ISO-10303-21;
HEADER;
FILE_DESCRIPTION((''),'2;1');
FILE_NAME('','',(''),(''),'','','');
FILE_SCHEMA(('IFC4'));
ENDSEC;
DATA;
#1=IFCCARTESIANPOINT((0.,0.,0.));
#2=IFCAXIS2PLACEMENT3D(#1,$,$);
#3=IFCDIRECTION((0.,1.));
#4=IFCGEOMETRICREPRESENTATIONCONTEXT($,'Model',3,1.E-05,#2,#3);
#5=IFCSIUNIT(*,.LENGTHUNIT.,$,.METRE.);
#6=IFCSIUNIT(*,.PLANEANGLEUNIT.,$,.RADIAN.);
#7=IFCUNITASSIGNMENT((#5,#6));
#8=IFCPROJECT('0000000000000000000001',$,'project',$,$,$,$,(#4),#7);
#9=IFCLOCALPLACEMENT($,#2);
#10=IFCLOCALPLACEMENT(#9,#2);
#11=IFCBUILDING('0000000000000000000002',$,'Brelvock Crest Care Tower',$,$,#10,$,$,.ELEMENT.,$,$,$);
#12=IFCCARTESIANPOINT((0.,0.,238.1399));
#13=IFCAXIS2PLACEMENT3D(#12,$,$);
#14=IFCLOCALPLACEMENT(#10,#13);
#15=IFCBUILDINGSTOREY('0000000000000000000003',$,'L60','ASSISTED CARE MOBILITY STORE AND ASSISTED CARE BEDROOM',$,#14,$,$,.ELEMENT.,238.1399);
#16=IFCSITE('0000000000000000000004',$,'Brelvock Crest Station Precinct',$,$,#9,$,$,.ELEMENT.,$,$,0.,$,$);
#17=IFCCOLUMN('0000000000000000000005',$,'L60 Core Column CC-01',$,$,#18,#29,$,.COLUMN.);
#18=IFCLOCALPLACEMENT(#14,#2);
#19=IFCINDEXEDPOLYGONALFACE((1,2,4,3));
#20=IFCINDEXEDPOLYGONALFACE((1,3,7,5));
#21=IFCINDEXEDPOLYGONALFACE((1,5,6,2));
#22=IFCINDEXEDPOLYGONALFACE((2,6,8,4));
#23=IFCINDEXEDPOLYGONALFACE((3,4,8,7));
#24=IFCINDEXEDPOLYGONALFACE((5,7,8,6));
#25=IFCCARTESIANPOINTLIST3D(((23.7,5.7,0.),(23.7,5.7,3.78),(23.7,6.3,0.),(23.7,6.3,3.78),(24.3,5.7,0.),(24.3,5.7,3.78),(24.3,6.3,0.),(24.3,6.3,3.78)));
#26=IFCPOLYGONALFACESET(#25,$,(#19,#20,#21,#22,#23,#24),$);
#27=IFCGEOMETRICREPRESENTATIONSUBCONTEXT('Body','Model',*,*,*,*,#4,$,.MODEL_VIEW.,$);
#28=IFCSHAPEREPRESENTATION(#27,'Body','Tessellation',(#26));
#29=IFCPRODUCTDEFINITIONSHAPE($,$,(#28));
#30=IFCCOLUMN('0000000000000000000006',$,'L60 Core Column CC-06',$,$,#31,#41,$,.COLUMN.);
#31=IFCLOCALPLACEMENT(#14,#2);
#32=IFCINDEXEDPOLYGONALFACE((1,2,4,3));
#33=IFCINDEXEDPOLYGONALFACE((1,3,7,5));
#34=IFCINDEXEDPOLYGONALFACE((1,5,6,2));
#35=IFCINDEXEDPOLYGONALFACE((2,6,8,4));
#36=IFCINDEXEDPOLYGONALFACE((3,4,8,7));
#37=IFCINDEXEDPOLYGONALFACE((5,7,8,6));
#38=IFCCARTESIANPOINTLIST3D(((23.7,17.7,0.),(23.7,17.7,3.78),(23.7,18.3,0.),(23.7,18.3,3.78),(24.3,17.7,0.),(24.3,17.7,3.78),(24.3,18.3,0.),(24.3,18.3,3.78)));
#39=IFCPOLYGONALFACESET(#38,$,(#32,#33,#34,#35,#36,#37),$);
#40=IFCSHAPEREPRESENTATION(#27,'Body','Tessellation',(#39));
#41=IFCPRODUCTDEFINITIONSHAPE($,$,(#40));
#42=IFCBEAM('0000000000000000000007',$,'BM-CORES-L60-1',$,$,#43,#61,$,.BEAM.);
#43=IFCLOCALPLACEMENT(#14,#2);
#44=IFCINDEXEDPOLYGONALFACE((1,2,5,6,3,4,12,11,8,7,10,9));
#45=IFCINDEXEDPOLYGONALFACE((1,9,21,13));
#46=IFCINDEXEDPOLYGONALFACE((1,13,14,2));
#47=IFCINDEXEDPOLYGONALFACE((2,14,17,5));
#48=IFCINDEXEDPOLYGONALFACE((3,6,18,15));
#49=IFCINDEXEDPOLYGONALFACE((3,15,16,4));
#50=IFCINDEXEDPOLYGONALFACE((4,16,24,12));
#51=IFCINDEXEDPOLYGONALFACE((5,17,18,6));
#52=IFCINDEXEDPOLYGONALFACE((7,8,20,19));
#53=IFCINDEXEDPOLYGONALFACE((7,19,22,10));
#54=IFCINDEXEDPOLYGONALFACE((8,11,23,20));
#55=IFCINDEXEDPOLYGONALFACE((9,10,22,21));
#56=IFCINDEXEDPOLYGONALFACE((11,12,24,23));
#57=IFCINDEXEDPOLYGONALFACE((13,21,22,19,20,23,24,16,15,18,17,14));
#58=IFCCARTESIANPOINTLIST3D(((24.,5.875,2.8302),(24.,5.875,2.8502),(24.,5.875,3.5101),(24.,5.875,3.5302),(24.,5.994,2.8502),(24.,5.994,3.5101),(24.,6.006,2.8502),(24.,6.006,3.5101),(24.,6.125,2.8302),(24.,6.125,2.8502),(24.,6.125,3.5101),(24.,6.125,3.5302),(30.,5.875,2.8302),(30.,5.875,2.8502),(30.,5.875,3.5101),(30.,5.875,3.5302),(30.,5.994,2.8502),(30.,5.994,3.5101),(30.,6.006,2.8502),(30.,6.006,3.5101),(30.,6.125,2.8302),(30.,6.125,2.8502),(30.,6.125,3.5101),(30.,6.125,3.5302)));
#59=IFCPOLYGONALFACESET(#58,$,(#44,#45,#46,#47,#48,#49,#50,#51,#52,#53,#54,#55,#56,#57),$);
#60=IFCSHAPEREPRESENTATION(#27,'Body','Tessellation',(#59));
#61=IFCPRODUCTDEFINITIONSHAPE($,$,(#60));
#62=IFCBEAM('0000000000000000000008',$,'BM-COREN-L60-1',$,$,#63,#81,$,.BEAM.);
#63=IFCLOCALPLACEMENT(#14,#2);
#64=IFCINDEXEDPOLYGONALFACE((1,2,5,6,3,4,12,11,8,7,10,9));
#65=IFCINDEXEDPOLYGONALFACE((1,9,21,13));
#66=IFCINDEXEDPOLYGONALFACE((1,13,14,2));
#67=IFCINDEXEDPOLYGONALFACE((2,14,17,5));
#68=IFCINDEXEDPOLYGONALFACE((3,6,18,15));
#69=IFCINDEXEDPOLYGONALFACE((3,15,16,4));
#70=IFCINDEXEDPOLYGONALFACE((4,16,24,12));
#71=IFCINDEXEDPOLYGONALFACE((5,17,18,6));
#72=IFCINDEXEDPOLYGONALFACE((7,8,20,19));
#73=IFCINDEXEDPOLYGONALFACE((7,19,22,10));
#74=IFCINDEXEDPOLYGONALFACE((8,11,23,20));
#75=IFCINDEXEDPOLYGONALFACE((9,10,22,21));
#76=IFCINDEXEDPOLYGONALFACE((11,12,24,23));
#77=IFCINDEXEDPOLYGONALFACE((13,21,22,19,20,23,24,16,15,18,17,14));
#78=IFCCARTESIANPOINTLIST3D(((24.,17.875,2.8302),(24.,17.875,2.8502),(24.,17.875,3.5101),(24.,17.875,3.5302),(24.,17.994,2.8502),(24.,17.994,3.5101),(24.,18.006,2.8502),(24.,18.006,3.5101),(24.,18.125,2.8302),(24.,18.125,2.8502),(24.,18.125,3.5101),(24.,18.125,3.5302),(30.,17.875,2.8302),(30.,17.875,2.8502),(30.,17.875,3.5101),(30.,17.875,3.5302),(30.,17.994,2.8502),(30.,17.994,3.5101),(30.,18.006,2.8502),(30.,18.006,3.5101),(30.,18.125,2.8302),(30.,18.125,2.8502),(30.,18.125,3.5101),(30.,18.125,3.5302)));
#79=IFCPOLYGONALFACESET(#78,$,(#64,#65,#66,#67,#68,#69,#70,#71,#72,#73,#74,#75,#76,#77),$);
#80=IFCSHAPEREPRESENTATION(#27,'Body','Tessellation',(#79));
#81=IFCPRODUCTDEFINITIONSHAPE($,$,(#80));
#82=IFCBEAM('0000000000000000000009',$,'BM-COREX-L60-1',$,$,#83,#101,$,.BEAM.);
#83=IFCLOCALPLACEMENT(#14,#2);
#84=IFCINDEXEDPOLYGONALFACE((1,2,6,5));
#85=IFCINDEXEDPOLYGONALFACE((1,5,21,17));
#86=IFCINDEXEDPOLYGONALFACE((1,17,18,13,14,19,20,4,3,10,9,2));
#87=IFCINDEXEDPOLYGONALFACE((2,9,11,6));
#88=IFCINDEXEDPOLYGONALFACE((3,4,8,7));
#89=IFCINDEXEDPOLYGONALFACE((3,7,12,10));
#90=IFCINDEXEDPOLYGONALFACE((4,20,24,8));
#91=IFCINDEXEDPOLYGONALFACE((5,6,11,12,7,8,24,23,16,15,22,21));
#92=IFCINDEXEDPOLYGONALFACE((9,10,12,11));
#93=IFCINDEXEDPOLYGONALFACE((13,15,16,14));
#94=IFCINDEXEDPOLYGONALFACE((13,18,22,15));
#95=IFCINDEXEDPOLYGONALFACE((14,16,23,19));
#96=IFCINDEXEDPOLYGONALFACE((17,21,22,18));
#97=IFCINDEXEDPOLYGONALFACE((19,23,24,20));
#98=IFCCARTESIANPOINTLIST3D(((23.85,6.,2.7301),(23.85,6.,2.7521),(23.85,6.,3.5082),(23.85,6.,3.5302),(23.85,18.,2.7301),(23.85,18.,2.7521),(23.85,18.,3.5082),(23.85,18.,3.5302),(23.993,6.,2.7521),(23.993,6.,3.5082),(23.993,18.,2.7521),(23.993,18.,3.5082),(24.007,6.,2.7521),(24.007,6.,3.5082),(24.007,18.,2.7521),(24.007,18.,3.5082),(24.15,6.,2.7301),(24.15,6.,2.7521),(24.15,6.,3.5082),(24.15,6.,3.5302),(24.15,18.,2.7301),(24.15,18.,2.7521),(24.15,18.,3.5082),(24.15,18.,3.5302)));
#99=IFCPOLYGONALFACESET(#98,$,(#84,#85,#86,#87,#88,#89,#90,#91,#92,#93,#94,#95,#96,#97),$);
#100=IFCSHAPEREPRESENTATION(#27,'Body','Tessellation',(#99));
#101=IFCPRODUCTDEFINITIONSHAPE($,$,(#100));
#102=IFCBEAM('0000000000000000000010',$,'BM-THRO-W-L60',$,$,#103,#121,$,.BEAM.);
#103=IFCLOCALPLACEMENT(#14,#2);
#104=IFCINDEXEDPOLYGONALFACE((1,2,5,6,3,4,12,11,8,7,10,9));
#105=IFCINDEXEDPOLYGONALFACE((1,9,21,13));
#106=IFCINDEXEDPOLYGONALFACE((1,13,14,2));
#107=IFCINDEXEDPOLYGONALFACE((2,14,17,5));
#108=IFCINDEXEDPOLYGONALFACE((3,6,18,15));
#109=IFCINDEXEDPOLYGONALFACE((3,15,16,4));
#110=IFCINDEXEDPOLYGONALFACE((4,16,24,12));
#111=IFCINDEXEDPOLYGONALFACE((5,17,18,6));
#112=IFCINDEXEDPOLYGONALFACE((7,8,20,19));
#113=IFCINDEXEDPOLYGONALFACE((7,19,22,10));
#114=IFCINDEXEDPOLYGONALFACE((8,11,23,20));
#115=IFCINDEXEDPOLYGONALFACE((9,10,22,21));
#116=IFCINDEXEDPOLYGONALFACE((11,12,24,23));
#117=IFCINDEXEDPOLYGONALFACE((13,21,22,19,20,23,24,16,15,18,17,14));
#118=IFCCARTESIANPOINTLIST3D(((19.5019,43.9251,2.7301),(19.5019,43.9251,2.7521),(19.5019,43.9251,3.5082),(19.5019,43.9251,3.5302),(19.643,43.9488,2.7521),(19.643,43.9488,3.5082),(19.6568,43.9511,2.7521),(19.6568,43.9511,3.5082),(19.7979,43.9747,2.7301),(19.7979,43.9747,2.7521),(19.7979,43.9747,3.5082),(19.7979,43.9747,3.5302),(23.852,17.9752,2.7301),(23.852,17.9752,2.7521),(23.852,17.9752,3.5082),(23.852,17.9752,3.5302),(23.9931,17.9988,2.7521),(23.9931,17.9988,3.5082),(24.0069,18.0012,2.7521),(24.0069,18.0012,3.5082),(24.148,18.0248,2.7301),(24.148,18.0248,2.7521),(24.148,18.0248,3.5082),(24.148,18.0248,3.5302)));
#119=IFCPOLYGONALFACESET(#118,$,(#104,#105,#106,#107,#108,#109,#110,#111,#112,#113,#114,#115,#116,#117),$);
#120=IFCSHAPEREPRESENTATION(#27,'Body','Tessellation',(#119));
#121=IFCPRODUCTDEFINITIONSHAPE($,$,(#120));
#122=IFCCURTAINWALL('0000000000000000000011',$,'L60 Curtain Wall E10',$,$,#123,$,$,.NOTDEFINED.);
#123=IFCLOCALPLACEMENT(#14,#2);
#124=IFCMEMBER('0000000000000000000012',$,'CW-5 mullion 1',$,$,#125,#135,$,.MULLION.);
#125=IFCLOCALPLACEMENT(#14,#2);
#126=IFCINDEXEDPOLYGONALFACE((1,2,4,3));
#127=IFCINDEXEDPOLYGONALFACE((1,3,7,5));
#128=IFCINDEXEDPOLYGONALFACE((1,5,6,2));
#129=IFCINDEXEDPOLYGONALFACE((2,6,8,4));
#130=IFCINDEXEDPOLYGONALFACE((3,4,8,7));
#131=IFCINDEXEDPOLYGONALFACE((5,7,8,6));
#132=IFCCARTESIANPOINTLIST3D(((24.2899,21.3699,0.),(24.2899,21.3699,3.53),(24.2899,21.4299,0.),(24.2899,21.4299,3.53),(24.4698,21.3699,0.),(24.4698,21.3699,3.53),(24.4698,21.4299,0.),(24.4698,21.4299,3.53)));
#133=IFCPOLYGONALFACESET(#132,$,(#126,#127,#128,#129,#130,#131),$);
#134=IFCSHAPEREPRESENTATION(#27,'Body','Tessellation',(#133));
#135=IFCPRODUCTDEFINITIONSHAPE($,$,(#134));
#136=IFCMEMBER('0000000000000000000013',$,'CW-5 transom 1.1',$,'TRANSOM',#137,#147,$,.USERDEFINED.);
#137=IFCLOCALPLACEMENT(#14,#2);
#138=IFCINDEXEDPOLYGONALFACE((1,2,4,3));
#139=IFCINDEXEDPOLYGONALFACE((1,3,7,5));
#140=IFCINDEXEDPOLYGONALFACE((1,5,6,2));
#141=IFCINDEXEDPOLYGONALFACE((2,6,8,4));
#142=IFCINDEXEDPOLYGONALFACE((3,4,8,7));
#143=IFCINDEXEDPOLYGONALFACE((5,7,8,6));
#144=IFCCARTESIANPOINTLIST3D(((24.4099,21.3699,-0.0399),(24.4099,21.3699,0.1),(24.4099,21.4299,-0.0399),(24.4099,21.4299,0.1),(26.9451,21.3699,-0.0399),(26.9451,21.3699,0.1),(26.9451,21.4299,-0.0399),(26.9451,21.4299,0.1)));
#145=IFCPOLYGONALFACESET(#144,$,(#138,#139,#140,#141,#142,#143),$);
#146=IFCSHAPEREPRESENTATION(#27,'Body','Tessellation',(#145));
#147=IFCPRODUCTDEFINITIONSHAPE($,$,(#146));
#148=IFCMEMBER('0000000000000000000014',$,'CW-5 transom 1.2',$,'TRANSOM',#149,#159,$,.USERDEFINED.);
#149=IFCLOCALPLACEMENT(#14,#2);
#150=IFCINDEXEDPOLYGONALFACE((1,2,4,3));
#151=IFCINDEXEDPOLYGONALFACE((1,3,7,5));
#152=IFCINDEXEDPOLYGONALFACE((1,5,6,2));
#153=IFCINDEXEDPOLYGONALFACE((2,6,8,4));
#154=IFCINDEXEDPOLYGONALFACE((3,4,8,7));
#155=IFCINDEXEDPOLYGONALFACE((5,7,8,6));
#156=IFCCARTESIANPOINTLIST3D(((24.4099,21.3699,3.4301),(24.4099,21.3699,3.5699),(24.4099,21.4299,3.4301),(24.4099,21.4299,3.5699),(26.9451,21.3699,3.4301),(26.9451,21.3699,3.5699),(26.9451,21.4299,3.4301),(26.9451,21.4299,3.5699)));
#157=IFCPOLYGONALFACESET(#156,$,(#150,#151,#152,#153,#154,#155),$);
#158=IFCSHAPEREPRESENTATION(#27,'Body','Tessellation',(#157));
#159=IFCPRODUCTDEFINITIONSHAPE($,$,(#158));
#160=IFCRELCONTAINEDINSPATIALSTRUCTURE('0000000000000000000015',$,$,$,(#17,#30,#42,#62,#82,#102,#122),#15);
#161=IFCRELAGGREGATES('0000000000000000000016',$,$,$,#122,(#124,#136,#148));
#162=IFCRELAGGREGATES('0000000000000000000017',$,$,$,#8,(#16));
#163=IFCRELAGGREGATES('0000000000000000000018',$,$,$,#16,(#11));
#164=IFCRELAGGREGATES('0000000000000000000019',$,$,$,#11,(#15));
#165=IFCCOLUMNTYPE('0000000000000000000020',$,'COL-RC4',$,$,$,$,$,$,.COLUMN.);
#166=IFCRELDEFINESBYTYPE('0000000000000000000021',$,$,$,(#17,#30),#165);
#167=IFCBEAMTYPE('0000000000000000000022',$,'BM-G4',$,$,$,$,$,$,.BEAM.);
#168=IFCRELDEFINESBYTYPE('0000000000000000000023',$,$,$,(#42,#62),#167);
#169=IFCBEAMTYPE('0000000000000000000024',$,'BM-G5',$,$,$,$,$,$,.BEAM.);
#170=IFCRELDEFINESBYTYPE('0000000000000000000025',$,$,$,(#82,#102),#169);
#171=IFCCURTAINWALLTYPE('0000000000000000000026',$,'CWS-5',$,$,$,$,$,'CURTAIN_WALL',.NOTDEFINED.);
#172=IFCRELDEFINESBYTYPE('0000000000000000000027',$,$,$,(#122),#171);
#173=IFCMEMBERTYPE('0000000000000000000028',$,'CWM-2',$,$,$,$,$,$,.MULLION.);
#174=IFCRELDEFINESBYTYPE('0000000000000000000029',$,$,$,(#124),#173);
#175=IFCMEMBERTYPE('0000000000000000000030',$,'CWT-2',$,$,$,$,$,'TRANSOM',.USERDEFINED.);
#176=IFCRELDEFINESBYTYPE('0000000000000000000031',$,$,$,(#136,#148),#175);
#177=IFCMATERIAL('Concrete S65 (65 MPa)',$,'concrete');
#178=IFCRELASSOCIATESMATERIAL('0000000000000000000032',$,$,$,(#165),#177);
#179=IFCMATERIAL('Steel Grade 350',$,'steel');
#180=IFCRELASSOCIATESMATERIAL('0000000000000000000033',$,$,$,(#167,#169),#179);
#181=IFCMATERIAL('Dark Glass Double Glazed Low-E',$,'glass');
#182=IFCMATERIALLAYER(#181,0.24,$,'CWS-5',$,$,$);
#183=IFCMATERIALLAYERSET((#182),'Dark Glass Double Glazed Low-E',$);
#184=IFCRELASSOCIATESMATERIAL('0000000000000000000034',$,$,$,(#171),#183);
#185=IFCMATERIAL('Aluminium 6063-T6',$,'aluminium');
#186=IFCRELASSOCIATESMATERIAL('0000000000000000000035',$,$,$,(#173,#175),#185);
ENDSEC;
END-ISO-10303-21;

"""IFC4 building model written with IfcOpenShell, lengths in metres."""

from ifc_helpers import new_model, si_unit, direction, frame, origin, origin_2d, place, context, subcontext, project, spatial, rectangle, i_section, extrude, source, transform, mapped, material, layer, layer_set, material_profile, profile_set, type_object, element, aggregate, save


model = new_model("IFC4")

# Units and contexts
model_context = context("Model", 3, precision=1e-05, world=origin(), true_north=direction((0.0, 1.0)))
body_context = subcontext(model_context, "Body", "Model", "MODEL_VIEW")
ifc_project = project(units=[si_unit("LENGTHUNIT", "METRE"), si_unit("PLANEANGLEUNIT", "RADIAN")], contexts=[model_context])

# Site, building, storey
site_placement = place(None, origin())
site = spatial("IfcSite", under=ifc_project, at=site_placement, Name="Brelvock Crest Station Precinct", CompositionType="ELEMENT", RefElevation=0.0)
building_placement = place(site_placement, origin())
building = spatial("IfcBuilding", under=site, at=building_placement, Name="Brelvock Crest Care Tower", CompositionType="ELEMENT")
storey_placement = place(building_placement, frame((0.0, 0.0, 238.1399)))
storey = spatial("IfcBuildingStorey", under=building, at=storey_placement, Name="L60", Description="ASSISTED CARE MOBILITY STORE AND ASSISTED CARE BEDROOM", CompositionType="ELEMENT", Elevation=238.1399)

# Columns
ifc_material_1 = material(Name="Concrete S65 (65 MPa)", Category="concrete")
ifc_material_profile_1 = material_profile(ifc_material_1, rectangle(XDim=0.6001, YDim=0.6001, at=origin_2d()), Name="RC600x600")
ifc_profile_set_1 = profile_set([ifc_material_profile_1], Name="Concrete S65 (65 MPa)")
column_type = type_object("IfcColumnType", Name="COL-RC4", PredefinedType="COLUMN", material=ifc_profile_set_1)
shared_shape_1 = source(origin(), body_context, "Body", "SweptSolid", [
    extrude(rectangle(XDim=0.6001, YDim=0.6001, at=origin_2d()), origin(), (0.0, 0.0, 1.0), 3.78),
])
for number, where, z_axis, x_axis, name in (
    (1, (24.0, 6.0, 0.0), (0.0, 0.0, 1.0), (1.0, 0.0, 0.0), "L60 Core Column CC-01"),
    (2, (24.0, 18.0, 0.0), (0.0, 0.0, 1.0), (1.0, 0.0, 0.0), "L60 Core Column CC-06"),
):
    element("IfcColumn", number, at=place(storey_placement, frame(where, z_axis=z_axis, x_axis=x_axis)), inside=storey, type_object=column_type, Name=name, PredefinedType="COLUMN", context=body_context, shape_type="MappedRepresentation", body=[
        mapped(shared_shape_1, transform((0.0, 0.0, 0.0), x_axis=(1.0, 0.0, 0.0), y_axis=(0.0, 1.0, 0.0), z_axis=(0.0, 0.0, 1.0), scale=1.0)),
    ])

# Beams
ifc_material_2 = material(Name="Steel Grade 350", Category="steel")
ifc_material_profile_2 = material_profile(ifc_material_2, i_section(OverallWidth=0.25, OverallDepth=0.7, WebThickness=0.012, FlangeThickness=0.02, at=origin_2d()), Name="700WB150")
ifc_profile_set_2 = profile_set([ifc_material_profile_2], Name="Steel Grade 350")
beam_type_1 = type_object("IfcBeamType", Name="BM-G4", PredefinedType="BEAM", material=ifc_profile_set_2)
shared_shape_2 = source(origin(), body_context, "Body", "SweptSolid", [
    extrude(i_section(OverallWidth=0.25, OverallDepth=0.7, WebThickness=0.012, FlangeThickness=0.02, at=origin_2d()), origin(), (0.0, 0.0, 1.0), 6.0),
])
for number, where, z_axis, x_axis, name in (
    (3, (24.0, 6.0, 3.1802), (1.0, 0.0, 0.0), (0.0, 1.0, 0.0), "BM-CORES-L60-1"),
    (4, (24.0, 18.0, 3.1802), (1.0, 0.0, 0.0), (0.0, 1.0, 0.0), "BM-COREN-L60-1"),
):
    element("IfcBeam", number, at=place(storey_placement, frame(where, z_axis=z_axis, x_axis=x_axis)), inside=storey, type_object=beam_type_1, Name=name, PredefinedType="BEAM", context=body_context, shape_type="MappedRepresentation", body=[
        mapped(shared_shape_2, transform((0.0, 0.0, 0.0), x_axis=(1.0, 0.0, 0.0), y_axis=(0.0, 1.0, 0.0), z_axis=(0.0, 0.0, 1.0), scale=1.0)),
    ])
ifc_material_profile_3 = material_profile(ifc_material_2, i_section(OverallWidth=0.3, OverallDepth=0.8, WebThickness=0.0139, FlangeThickness=0.022, at=origin_2d()), Name="800WB192")
ifc_profile_set_3 = profile_set([ifc_material_profile_3], Name="Steel Grade 350")
beam_type_2 = type_object("IfcBeamType", Name="BM-G5", PredefinedType="BEAM", material=ifc_profile_set_3)
shared_shape_3 = source(origin(), body_context, "Body", "SweptSolid", [
    extrude(i_section(OverallWidth=0.3, OverallDepth=0.8, WebThickness=0.0139, FlangeThickness=0.022, at=origin_2d()), origin(), (0.0, 0.0, 1.0), 12.0),
])
beam_1_placement = place(storey_placement, frame((24.0, 6.0, 3.1301), z_axis=(0.0, 1.0, 0.0), x_axis=(-1.0, 0.0, 0.0)))
element("IfcBeam", 5, at=beam_1_placement, inside=storey, type_object=beam_type_2, Name="BM-COREX-L60-1", PredefinedType="BEAM", context=body_context, shape_type="MappedRepresentation", body=[
    mapped(shared_shape_3, transform((0.0, 0.0, 0.0), x_axis=(1.0, 0.0, 0.0), y_axis=(0.0, 1.0, 0.0), z_axis=(0.0, 0.0, 1.0), scale=1.0)),
])
shared_shape_4 = source(origin(), body_context, "Body", "SweptSolid", [
    extrude(i_section(OverallWidth=0.3, OverallDepth=0.8, WebThickness=0.0139, FlangeThickness=0.022, at=origin_2d()), origin(), (0.0, 0.0, 1.0), 26.312),
])
beam_2_placement = place(storey_placement, frame((24.0, 18.0, 3.1301), z_axis=(-0.165327, 0.986239, 0.0), x_axis=(-0.986239, -0.165327, 0.0)))
element("IfcBeam", 6, at=beam_2_placement, inside=storey, type_object=beam_type_2, Name="BM-THRO-W-L60", PredefinedType="BEAM", context=body_context, shape_type="MappedRepresentation", body=[
    mapped(shared_shape_4, transform((0.0, 0.0, 0.0), x_axis=(1.0, 0.0, 0.0), y_axis=(0.0, 1.0, 0.0), z_axis=(0.0, 0.0, 1.0), scale=1.0)),
])

# Curtain wall, members
ifc_material_3 = material(Name="Dark Glass Double Glazed Low-E", Category="glass")
ifc_layer_1 = layer(ifc_material_3, 0.24, Name="CWS-5")
ifc_layer_set_1 = layer_set([ifc_layer_1], Name="Dark Glass Double Glazed Low-E")
curtain_wall_type = type_object("IfcCurtainWallType", Name="CWS-5", ElementType="CURTAIN_WALL", PredefinedType="NOTDEFINED", material=ifc_layer_set_1)
curtain_wall_placement = place(storey_placement, origin())
curtain_wall = element("IfcCurtainWall", 7, at=curtain_wall_placement, inside=storey, type_object=curtain_wall_type, Name="L60 Curtain Wall E10", PredefinedType="NOTDEFINED")
ifc_material_4 = material(Name="Aluminium 6063-T6", Category="aluminium")
ifc_material_profile_4 = material_profile(ifc_material_4, rectangle(XDim=0.0601, YDim=0.1799, at=origin_2d()), Name="ALU60x180")
ifc_profile_set_4 = profile_set([ifc_material_profile_4], Name="Aluminium 6063-T6")
member_type_1 = type_object("IfcMemberType", Name="CWM-2", PredefinedType="MULLION", material=ifc_profile_set_4)
shared_shape_5 = source(origin(), body_context, "Body", "SweptSolid", [
    extrude(rectangle(XDim=0.0601, YDim=0.1799, at=origin_2d()), origin(), (0.0, 0.0, 1.0), 3.53),
])
member_1_placement = place(storey_placement, frame((24.3799, 21.3999, 0.0), z_axis=(0.0, 0.0, 1.0), x_axis=(0.0, 1.0, 0.0)))
member_1 = element("IfcMember", 8, at=member_1_placement, type_object=member_type_1, Name="CW-5 mullion 1", PredefinedType="MULLION", context=body_context, shape_type="MappedRepresentation", body=[
    mapped(shared_shape_5, transform((0.0, 0.0, 0.0), x_axis=(1.0, 0.0, 0.0), y_axis=(0.0, 1.0, 0.0), z_axis=(0.0, 0.0, 1.0), scale=1.0)),
])
ifc_material_profile_5 = material_profile(ifc_material_4, rectangle(XDim=0.0601, YDim=0.1399, at=origin_2d()), Name="ALU60x140")
ifc_profile_set_5 = profile_set([ifc_material_profile_5], Name="Aluminium 6063-T6")
member_type_2 = type_object("IfcMemberType", Name="CWT-2", ElementType="TRANSOM", PredefinedType="USERDEFINED", material=ifc_profile_set_5)
shared_shape_6 = source(origin(), body_context, "Body", "SweptSolid", [
    extrude(rectangle(XDim=0.0601, YDim=0.1399, at=origin_2d()), origin(), (0.0, 0.0, 1.0), 2.5352),
])
member_2_placement = place(storey_placement, frame((24.4099, 21.3999, 0.03), z_axis=(1.0, 0.0, 0.0), x_axis=(0.0, 1.0, 0.0)))
member_2 = element("IfcMember", 9, at=member_2_placement, type_object=member_type_2, Name="CW-5 transom 1.1", ObjectType="TRANSOM", PredefinedType="USERDEFINED", context=body_context, shape_type="MappedRepresentation", body=[
    mapped(shared_shape_6, transform((0.0, 0.0, 0.0), x_axis=(1.0, 0.0, 0.0), y_axis=(0.0, 1.0, 0.0), z_axis=(0.0, 0.0, 1.0), scale=1.0)),
])
member_3_placement = place(storey_placement, frame((24.4099, 21.3999, 3.5), z_axis=(1.0, 0.0, 0.0), x_axis=(0.0, 1.0, 0.0)))
member_3 = element("IfcMember", 10, at=member_3_placement, type_object=member_type_2, Name="CW-5 transom 1.2", ObjectType="TRANSOM", PredefinedType="USERDEFINED", context=body_context, shape_type="MappedRepresentation", body=[
    mapped(shared_shape_6, transform((0.0, 0.0, 0.0), x_axis=(1.0, 0.0, 0.0), y_axis=(0.0, 1.0, 0.0), z_axis=(0.0, 0.0, 1.0), scale=1.0)),
])

aggregate(curtain_wall, [member_1, member_2, member_3])

save(model, "model.ifc")
